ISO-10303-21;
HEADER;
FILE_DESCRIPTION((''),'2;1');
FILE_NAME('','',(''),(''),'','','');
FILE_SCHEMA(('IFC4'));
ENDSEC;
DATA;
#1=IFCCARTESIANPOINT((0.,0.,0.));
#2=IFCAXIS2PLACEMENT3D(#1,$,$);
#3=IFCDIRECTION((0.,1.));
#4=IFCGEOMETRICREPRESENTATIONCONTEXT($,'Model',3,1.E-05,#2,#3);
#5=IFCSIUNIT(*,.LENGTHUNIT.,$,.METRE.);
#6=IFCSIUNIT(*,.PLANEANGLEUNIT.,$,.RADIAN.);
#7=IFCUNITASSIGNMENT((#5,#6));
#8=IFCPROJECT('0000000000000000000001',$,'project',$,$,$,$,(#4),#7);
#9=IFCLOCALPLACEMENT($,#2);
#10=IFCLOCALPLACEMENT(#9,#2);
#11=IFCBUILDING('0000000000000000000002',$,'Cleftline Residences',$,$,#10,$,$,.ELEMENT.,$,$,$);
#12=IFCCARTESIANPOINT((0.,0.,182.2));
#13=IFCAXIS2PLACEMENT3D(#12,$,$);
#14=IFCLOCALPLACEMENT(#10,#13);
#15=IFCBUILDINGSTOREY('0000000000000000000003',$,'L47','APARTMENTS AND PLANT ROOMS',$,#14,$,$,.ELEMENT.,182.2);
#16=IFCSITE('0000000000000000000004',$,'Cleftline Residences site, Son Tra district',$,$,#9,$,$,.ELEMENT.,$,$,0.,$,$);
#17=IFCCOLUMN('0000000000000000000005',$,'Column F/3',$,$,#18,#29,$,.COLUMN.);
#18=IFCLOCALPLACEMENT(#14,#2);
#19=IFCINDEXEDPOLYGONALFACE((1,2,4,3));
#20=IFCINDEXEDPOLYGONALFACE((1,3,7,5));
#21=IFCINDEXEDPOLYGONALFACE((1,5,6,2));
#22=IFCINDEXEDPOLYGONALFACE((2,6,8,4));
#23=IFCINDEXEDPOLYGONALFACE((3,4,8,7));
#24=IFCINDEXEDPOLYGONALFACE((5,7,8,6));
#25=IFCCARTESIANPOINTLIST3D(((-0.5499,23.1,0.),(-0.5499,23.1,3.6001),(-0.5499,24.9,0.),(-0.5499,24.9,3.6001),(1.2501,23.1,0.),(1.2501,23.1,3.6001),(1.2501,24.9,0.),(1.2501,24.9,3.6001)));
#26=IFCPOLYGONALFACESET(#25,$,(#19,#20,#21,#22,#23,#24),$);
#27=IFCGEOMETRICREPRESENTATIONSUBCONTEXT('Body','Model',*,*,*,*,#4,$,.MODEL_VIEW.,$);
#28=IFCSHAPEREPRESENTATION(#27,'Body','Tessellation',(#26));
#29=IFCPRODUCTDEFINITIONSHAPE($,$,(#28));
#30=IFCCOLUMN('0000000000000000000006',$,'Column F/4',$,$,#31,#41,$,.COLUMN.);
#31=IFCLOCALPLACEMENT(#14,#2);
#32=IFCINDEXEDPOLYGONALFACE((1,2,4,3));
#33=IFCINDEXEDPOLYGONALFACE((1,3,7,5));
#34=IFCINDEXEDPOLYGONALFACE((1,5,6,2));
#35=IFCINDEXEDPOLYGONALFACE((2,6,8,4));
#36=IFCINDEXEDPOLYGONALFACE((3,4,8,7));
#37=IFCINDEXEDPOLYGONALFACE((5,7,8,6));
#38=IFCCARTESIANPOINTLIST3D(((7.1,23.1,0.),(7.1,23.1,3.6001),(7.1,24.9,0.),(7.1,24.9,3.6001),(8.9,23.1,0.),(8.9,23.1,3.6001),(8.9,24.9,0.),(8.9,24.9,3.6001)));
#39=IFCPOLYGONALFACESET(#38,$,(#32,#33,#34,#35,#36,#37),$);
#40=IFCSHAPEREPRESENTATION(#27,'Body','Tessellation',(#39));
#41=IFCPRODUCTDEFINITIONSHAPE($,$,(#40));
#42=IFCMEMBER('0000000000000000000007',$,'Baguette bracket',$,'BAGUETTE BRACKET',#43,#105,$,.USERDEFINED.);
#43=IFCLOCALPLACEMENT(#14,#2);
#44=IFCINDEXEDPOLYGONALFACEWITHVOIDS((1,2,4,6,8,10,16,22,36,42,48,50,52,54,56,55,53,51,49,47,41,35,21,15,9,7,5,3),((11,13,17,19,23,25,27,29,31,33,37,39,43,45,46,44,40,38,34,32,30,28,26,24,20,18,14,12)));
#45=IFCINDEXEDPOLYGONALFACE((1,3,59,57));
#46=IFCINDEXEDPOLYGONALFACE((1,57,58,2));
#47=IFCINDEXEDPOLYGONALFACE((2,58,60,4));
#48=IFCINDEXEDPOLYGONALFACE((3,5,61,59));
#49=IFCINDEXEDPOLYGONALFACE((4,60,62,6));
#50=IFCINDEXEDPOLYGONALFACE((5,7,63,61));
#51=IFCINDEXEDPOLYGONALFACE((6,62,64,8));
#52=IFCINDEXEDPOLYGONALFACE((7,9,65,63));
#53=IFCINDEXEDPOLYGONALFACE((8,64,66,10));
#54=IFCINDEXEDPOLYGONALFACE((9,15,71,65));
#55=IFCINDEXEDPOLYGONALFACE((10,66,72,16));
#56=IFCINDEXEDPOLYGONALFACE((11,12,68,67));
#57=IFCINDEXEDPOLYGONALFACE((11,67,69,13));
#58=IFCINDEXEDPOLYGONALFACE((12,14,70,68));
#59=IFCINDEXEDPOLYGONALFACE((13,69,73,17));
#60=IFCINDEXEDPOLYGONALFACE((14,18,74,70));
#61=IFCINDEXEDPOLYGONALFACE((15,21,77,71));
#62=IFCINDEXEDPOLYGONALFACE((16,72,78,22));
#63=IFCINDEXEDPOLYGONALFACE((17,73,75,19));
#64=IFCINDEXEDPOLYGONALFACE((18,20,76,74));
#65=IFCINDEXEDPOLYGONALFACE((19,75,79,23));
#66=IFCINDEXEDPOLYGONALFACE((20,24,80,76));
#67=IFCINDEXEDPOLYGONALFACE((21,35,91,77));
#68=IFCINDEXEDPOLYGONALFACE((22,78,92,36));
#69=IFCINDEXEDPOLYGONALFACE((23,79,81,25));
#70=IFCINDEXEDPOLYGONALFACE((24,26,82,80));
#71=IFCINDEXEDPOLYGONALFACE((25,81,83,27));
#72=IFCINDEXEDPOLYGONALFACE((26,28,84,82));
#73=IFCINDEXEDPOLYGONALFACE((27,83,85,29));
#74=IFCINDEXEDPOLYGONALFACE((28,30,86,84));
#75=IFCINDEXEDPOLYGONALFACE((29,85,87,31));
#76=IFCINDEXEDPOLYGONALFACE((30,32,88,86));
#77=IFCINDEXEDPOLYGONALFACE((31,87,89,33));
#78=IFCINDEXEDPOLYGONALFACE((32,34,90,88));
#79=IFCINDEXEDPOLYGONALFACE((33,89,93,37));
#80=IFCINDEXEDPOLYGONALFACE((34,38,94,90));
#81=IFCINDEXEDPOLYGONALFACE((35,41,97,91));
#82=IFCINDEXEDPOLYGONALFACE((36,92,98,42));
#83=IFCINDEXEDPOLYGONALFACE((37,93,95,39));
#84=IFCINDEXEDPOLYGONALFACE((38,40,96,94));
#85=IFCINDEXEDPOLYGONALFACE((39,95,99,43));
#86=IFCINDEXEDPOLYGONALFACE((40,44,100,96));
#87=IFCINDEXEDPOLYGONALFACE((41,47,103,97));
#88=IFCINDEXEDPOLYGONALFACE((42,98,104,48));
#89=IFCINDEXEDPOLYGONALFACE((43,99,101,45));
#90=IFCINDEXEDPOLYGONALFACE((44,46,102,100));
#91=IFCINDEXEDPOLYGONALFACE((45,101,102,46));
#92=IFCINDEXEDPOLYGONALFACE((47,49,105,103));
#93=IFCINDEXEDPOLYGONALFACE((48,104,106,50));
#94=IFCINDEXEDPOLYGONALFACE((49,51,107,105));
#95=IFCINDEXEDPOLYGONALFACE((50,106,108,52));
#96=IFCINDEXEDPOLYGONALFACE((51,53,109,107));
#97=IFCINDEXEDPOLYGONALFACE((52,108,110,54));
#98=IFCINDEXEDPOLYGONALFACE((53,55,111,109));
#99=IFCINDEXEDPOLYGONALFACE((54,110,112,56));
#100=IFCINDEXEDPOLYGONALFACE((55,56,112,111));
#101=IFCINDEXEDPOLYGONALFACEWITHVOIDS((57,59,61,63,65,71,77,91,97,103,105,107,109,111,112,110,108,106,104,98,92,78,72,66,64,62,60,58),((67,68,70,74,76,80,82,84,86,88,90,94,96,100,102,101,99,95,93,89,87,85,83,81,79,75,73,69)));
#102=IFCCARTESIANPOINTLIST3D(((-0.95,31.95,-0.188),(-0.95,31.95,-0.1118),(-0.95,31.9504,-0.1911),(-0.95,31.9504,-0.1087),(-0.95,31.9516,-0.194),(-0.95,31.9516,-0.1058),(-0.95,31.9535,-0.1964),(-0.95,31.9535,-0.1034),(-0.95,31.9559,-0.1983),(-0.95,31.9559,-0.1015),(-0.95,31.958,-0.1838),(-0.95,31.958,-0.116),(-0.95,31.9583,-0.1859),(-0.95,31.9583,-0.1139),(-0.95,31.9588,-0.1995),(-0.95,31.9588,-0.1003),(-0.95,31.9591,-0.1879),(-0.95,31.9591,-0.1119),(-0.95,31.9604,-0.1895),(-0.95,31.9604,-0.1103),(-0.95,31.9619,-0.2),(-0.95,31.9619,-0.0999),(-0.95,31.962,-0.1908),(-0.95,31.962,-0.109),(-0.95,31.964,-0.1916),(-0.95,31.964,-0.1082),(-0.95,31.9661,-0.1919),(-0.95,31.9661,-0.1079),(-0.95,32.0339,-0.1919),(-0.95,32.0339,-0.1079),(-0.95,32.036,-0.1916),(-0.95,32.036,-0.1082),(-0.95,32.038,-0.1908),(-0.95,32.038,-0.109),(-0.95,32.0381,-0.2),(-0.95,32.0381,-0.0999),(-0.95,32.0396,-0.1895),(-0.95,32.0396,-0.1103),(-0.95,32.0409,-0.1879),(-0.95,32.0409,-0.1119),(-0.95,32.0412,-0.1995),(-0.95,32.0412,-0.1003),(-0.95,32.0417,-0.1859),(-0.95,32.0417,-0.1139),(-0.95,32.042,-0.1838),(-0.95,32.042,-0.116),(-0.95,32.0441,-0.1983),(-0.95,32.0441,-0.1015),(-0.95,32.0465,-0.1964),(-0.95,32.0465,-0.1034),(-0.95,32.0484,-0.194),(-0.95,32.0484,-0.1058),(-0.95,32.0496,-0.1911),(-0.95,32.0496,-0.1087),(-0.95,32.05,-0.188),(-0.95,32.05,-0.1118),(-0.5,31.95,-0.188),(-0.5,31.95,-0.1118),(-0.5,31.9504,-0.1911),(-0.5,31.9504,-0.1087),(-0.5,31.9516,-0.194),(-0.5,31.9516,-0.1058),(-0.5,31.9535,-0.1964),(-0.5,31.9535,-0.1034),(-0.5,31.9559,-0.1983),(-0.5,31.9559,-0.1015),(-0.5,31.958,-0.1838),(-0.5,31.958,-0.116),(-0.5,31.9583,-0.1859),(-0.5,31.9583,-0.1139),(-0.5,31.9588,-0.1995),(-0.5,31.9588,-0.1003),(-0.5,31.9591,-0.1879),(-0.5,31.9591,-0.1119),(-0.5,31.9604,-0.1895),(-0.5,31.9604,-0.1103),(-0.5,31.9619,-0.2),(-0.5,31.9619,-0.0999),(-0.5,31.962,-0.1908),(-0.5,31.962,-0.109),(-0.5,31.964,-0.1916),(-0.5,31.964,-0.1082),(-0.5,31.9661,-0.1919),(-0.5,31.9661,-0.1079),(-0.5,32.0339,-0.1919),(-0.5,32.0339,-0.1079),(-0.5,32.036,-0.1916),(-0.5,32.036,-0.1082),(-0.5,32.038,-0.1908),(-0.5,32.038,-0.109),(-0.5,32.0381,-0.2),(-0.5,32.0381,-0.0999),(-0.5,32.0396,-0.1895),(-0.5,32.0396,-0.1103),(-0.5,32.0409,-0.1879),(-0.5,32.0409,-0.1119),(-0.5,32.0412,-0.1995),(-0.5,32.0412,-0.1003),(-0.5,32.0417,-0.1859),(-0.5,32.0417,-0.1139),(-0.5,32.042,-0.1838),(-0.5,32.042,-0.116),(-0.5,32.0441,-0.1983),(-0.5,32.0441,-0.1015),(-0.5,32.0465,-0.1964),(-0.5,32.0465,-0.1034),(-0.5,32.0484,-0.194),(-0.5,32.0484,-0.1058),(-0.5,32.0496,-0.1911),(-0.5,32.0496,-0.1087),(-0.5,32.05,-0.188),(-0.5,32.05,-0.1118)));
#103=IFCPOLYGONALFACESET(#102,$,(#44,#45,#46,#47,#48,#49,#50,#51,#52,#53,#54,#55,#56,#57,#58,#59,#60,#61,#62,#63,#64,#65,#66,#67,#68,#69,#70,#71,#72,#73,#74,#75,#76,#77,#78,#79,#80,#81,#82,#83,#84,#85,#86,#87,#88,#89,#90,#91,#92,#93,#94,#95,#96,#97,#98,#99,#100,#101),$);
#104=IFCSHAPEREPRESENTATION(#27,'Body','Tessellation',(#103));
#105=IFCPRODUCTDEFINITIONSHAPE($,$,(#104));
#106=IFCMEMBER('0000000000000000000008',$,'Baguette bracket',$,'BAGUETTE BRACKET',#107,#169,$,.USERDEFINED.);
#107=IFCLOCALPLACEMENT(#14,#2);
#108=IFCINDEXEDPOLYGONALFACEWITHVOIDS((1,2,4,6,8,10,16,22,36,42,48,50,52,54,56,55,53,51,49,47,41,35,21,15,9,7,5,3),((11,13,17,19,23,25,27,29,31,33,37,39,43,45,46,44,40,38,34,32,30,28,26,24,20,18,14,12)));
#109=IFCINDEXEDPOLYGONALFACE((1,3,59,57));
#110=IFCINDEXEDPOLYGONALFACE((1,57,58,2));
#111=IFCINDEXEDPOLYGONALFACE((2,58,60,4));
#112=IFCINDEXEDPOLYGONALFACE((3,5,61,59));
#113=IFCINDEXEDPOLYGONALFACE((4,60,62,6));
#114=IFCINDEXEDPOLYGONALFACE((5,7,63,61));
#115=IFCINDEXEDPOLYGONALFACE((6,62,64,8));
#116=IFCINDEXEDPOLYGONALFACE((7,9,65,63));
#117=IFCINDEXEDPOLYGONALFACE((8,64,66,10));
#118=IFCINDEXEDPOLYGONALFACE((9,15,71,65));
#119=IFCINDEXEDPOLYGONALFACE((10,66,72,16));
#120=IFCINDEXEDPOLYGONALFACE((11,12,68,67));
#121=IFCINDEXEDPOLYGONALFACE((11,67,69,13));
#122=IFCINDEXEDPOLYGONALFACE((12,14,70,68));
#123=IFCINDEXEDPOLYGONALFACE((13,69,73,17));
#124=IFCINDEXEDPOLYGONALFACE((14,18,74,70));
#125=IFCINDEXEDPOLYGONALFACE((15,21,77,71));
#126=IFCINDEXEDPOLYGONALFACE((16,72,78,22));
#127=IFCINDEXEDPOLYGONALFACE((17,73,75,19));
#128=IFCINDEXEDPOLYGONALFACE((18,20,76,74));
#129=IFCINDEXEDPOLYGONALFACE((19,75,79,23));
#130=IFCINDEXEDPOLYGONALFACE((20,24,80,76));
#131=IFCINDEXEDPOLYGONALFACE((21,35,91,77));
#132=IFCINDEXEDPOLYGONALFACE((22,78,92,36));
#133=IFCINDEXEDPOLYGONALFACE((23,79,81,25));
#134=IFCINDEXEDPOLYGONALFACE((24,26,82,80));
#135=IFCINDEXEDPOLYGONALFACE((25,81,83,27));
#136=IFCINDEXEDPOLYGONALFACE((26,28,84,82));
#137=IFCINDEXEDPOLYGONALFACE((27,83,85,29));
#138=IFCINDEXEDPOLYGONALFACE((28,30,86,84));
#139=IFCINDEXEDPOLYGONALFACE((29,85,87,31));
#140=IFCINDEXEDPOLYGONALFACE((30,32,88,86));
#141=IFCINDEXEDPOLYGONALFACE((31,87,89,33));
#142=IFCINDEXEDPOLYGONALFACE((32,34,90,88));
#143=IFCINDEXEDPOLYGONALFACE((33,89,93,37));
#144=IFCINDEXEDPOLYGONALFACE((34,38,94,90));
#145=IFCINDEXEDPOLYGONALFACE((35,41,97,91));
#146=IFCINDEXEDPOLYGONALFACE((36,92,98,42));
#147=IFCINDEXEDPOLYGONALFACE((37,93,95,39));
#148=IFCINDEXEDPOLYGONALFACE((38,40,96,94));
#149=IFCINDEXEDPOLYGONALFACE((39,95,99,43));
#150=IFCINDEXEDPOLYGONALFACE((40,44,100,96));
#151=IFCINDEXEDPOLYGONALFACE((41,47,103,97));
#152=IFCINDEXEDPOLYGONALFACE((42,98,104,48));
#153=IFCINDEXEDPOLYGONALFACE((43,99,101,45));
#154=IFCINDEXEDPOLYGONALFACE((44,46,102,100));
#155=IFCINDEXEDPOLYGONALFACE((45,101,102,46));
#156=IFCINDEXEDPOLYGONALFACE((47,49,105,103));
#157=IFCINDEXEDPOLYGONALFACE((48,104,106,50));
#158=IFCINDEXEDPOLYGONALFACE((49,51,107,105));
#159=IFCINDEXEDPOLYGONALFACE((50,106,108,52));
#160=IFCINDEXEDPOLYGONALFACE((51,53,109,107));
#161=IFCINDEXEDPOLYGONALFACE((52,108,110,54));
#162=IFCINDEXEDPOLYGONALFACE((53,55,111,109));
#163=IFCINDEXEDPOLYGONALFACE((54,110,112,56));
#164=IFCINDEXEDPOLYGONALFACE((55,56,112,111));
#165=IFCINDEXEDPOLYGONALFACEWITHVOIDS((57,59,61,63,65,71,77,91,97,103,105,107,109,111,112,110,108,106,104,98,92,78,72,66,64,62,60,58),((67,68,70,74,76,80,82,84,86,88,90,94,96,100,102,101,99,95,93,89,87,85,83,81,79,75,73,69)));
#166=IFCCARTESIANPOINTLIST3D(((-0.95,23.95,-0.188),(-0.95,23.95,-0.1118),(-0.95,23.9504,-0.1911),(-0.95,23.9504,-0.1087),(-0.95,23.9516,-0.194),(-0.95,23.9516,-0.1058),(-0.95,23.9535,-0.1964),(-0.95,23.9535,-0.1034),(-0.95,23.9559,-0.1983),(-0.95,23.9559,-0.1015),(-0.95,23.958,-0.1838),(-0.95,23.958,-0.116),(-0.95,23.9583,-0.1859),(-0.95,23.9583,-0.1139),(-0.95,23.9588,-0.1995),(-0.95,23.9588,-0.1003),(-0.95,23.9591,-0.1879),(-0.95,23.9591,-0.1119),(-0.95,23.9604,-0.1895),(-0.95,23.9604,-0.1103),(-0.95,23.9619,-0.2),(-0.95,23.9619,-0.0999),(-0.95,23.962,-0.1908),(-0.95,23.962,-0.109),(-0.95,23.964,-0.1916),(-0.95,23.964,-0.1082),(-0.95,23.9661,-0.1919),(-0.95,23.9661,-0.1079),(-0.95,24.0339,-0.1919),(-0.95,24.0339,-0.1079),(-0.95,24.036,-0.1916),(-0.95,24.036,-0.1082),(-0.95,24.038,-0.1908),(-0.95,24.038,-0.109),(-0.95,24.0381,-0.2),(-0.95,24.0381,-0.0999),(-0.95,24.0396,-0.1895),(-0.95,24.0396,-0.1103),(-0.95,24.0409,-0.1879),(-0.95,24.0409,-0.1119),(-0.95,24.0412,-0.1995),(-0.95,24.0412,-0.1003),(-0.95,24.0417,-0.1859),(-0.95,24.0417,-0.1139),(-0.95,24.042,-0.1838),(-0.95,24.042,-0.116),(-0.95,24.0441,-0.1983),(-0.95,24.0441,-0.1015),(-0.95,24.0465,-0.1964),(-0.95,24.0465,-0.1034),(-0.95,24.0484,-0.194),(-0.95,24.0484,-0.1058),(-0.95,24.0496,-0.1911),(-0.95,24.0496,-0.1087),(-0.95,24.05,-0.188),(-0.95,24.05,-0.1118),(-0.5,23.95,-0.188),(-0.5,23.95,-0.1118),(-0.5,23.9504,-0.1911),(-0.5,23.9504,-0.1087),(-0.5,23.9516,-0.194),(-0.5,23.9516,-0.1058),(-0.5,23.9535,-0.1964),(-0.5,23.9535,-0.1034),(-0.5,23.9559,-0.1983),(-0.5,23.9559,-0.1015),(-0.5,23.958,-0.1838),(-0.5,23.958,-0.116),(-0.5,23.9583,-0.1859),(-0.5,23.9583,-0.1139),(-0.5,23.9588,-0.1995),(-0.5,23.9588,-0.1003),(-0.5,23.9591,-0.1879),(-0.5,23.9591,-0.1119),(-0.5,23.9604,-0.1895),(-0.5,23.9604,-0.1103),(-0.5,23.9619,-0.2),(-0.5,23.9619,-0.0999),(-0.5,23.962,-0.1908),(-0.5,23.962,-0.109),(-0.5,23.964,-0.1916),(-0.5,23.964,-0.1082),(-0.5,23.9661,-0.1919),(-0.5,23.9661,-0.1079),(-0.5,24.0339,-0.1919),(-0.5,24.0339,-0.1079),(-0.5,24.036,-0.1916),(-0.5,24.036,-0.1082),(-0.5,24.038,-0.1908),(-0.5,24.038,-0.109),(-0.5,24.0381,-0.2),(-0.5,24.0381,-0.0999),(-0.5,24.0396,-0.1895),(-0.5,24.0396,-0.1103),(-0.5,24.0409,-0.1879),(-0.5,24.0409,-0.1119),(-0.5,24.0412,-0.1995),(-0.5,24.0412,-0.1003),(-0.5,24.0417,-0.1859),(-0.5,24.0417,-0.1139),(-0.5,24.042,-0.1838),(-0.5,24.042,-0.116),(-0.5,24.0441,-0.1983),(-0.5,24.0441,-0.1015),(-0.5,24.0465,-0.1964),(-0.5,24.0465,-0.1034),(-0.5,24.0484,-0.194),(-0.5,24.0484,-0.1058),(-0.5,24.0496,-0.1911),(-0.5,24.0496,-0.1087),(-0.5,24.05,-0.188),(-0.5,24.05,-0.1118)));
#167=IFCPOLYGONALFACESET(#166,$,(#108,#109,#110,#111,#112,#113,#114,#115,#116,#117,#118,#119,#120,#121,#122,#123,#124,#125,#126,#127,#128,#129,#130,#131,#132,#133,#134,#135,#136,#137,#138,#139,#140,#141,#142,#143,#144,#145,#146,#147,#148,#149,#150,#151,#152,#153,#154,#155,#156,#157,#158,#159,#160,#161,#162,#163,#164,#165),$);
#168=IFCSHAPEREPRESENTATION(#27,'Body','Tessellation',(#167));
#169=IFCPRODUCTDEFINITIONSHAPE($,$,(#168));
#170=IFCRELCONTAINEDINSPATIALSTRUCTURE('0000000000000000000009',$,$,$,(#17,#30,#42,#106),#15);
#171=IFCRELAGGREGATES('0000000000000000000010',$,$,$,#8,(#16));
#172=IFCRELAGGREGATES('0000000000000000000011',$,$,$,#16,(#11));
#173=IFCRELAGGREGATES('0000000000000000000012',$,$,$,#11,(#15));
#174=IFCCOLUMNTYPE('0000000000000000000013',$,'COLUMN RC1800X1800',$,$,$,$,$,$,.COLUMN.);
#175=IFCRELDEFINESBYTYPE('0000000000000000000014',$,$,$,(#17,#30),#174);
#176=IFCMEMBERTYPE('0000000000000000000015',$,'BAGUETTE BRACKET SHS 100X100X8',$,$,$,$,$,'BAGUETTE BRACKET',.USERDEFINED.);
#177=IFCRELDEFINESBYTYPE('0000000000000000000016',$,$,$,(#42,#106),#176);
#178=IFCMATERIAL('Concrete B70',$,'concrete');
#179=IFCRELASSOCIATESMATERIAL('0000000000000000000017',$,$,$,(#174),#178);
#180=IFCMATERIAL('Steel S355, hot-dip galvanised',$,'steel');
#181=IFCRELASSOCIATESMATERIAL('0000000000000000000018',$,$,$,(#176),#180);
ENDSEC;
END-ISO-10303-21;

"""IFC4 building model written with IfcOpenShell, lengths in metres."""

from ifc_helpers import new_model, si_unit, direction, frame, origin, origin_2d, place, context, subcontext, project, spatial, rectangle, hollow_rectangle, extrude, material, material_profile, profile_set, type_object, element, save


model = new_model("IFC4")

# Units and contexts
model_context = context("Model", 3, precision=1e-05, world=origin(), true_north=direction((0.0, 1.0)))
body_context = subcontext(model_context, "Body", "Model", "MODEL_VIEW")
ifc_project = project(units=[si_unit("LENGTHUNIT", "METRE"), si_unit("PLANEANGLEUNIT", "RADIAN")], contexts=[model_context])

# Site, building, storey
site_placement = place(None, origin())
site = spatial("IfcSite", under=ifc_project, at=site_placement, Name="Cleftline Residences site, Son Tra district", CompositionType="ELEMENT", RefElevation=0.0)
building_placement = place(site_placement, origin())
building = spatial("IfcBuilding", under=site, at=building_placement, Name="Cleftline Residences", CompositionType="ELEMENT")
storey_placement = place(building_placement, frame((0.0, 0.0, 182.2)))
storey = spatial("IfcBuildingStorey", under=building, at=storey_placement, Name="L47", Description="APARTMENTS AND PLANT ROOMS", CompositionType="ELEMENT", Elevation=182.2)

# Columns
ifc_material_1 = material(Name="Concrete B70", Category="concrete")
ifc_material_profile_1 = material_profile(ifc_material_1, rectangle(XDim=1.8, YDim=1.8, at=origin_2d()))
ifc_profile_set_1 = profile_set([ifc_material_profile_1], Name="Concrete B70")
column_type = type_object("IfcColumnType", Name="COLUMN RC1800X1800", PredefinedType="COLUMN", material=ifc_profile_set_1)
for number, where, z_axis, x_axis, name in (
    (1, (0.3501, 24.0, 0.0), (0.0, 0.0, 1.0), (1.0, 0.0, 0.0), "Column F/3"),
    (2, (8.0, 24.0, 0.0), (0.0, 0.0, 1.0), (1.0, 0.0, 0.0), "Column F/4"),
):
    element("IfcColumn", number, at=place(storey_placement, frame(where, z_axis=z_axis, x_axis=x_axis)), inside=storey, type_object=column_type, Name=name, PredefinedType="COLUMN", context=body_context, shape_type="SweptSolid", body=[
        extrude(rectangle(XDim=1.8, YDim=1.8, at=origin_2d()), origin(), (0.0, 0.0, 1.0), 3.6001),
    ])

# Members
ifc_material_2 = material(Name="Steel S355, hot-dip galvanised", Category="steel")
ifc_material_profile_2 = material_profile(ifc_material_2, hollow_rectangle(XDim=0.1001, YDim=0.1001, WallThickness=0.0081, InnerFilletRadius=0.0081, OuterFilletRadius=0.012, at=origin_2d()))
ifc_profile_set_2 = profile_set([ifc_material_profile_2], Name="Steel S355, hot-dip galvanised")
member_type_1 = type_object("IfcMemberType", Name="BAGUETTE BRACKET SHS 100X100X8", ElementType="BAGUETTE BRACKET", PredefinedType="USERDEFINED", material=ifc_profile_set_2)
for number, where, z_axis, x_axis, name in (
    (3, (-0.5, 32.0, -0.1499), (-1.0, 0.0, 0.0), (0.0, -1.0, 0.0), "Baguette bracket"),
    (4, (-0.5, 24.0, -0.1499), (-1.0, 0.0, 0.0), (0.0, -1.0, 0.0), "Baguette bracket"),
):
    element("IfcMember", number, at=place(storey_placement, frame(where, z_axis=z_axis, x_axis=x_axis)), inside=storey, type_object=member_type_1, Name=name, ObjectType="BAGUETTE BRACKET", PredefinedType="USERDEFINED", context=body_context, shape_type="SweptSolid", body=[
        extrude(hollow_rectangle(XDim=0.1001, YDim=0.1001, WallThickness=0.0081, InnerFilletRadius=0.0081, OuterFilletRadius=0.012, at=origin_2d()), origin(), (0.0, 0.0, 1.0), 0.45),
    ])

save(model, "model.ifc")
